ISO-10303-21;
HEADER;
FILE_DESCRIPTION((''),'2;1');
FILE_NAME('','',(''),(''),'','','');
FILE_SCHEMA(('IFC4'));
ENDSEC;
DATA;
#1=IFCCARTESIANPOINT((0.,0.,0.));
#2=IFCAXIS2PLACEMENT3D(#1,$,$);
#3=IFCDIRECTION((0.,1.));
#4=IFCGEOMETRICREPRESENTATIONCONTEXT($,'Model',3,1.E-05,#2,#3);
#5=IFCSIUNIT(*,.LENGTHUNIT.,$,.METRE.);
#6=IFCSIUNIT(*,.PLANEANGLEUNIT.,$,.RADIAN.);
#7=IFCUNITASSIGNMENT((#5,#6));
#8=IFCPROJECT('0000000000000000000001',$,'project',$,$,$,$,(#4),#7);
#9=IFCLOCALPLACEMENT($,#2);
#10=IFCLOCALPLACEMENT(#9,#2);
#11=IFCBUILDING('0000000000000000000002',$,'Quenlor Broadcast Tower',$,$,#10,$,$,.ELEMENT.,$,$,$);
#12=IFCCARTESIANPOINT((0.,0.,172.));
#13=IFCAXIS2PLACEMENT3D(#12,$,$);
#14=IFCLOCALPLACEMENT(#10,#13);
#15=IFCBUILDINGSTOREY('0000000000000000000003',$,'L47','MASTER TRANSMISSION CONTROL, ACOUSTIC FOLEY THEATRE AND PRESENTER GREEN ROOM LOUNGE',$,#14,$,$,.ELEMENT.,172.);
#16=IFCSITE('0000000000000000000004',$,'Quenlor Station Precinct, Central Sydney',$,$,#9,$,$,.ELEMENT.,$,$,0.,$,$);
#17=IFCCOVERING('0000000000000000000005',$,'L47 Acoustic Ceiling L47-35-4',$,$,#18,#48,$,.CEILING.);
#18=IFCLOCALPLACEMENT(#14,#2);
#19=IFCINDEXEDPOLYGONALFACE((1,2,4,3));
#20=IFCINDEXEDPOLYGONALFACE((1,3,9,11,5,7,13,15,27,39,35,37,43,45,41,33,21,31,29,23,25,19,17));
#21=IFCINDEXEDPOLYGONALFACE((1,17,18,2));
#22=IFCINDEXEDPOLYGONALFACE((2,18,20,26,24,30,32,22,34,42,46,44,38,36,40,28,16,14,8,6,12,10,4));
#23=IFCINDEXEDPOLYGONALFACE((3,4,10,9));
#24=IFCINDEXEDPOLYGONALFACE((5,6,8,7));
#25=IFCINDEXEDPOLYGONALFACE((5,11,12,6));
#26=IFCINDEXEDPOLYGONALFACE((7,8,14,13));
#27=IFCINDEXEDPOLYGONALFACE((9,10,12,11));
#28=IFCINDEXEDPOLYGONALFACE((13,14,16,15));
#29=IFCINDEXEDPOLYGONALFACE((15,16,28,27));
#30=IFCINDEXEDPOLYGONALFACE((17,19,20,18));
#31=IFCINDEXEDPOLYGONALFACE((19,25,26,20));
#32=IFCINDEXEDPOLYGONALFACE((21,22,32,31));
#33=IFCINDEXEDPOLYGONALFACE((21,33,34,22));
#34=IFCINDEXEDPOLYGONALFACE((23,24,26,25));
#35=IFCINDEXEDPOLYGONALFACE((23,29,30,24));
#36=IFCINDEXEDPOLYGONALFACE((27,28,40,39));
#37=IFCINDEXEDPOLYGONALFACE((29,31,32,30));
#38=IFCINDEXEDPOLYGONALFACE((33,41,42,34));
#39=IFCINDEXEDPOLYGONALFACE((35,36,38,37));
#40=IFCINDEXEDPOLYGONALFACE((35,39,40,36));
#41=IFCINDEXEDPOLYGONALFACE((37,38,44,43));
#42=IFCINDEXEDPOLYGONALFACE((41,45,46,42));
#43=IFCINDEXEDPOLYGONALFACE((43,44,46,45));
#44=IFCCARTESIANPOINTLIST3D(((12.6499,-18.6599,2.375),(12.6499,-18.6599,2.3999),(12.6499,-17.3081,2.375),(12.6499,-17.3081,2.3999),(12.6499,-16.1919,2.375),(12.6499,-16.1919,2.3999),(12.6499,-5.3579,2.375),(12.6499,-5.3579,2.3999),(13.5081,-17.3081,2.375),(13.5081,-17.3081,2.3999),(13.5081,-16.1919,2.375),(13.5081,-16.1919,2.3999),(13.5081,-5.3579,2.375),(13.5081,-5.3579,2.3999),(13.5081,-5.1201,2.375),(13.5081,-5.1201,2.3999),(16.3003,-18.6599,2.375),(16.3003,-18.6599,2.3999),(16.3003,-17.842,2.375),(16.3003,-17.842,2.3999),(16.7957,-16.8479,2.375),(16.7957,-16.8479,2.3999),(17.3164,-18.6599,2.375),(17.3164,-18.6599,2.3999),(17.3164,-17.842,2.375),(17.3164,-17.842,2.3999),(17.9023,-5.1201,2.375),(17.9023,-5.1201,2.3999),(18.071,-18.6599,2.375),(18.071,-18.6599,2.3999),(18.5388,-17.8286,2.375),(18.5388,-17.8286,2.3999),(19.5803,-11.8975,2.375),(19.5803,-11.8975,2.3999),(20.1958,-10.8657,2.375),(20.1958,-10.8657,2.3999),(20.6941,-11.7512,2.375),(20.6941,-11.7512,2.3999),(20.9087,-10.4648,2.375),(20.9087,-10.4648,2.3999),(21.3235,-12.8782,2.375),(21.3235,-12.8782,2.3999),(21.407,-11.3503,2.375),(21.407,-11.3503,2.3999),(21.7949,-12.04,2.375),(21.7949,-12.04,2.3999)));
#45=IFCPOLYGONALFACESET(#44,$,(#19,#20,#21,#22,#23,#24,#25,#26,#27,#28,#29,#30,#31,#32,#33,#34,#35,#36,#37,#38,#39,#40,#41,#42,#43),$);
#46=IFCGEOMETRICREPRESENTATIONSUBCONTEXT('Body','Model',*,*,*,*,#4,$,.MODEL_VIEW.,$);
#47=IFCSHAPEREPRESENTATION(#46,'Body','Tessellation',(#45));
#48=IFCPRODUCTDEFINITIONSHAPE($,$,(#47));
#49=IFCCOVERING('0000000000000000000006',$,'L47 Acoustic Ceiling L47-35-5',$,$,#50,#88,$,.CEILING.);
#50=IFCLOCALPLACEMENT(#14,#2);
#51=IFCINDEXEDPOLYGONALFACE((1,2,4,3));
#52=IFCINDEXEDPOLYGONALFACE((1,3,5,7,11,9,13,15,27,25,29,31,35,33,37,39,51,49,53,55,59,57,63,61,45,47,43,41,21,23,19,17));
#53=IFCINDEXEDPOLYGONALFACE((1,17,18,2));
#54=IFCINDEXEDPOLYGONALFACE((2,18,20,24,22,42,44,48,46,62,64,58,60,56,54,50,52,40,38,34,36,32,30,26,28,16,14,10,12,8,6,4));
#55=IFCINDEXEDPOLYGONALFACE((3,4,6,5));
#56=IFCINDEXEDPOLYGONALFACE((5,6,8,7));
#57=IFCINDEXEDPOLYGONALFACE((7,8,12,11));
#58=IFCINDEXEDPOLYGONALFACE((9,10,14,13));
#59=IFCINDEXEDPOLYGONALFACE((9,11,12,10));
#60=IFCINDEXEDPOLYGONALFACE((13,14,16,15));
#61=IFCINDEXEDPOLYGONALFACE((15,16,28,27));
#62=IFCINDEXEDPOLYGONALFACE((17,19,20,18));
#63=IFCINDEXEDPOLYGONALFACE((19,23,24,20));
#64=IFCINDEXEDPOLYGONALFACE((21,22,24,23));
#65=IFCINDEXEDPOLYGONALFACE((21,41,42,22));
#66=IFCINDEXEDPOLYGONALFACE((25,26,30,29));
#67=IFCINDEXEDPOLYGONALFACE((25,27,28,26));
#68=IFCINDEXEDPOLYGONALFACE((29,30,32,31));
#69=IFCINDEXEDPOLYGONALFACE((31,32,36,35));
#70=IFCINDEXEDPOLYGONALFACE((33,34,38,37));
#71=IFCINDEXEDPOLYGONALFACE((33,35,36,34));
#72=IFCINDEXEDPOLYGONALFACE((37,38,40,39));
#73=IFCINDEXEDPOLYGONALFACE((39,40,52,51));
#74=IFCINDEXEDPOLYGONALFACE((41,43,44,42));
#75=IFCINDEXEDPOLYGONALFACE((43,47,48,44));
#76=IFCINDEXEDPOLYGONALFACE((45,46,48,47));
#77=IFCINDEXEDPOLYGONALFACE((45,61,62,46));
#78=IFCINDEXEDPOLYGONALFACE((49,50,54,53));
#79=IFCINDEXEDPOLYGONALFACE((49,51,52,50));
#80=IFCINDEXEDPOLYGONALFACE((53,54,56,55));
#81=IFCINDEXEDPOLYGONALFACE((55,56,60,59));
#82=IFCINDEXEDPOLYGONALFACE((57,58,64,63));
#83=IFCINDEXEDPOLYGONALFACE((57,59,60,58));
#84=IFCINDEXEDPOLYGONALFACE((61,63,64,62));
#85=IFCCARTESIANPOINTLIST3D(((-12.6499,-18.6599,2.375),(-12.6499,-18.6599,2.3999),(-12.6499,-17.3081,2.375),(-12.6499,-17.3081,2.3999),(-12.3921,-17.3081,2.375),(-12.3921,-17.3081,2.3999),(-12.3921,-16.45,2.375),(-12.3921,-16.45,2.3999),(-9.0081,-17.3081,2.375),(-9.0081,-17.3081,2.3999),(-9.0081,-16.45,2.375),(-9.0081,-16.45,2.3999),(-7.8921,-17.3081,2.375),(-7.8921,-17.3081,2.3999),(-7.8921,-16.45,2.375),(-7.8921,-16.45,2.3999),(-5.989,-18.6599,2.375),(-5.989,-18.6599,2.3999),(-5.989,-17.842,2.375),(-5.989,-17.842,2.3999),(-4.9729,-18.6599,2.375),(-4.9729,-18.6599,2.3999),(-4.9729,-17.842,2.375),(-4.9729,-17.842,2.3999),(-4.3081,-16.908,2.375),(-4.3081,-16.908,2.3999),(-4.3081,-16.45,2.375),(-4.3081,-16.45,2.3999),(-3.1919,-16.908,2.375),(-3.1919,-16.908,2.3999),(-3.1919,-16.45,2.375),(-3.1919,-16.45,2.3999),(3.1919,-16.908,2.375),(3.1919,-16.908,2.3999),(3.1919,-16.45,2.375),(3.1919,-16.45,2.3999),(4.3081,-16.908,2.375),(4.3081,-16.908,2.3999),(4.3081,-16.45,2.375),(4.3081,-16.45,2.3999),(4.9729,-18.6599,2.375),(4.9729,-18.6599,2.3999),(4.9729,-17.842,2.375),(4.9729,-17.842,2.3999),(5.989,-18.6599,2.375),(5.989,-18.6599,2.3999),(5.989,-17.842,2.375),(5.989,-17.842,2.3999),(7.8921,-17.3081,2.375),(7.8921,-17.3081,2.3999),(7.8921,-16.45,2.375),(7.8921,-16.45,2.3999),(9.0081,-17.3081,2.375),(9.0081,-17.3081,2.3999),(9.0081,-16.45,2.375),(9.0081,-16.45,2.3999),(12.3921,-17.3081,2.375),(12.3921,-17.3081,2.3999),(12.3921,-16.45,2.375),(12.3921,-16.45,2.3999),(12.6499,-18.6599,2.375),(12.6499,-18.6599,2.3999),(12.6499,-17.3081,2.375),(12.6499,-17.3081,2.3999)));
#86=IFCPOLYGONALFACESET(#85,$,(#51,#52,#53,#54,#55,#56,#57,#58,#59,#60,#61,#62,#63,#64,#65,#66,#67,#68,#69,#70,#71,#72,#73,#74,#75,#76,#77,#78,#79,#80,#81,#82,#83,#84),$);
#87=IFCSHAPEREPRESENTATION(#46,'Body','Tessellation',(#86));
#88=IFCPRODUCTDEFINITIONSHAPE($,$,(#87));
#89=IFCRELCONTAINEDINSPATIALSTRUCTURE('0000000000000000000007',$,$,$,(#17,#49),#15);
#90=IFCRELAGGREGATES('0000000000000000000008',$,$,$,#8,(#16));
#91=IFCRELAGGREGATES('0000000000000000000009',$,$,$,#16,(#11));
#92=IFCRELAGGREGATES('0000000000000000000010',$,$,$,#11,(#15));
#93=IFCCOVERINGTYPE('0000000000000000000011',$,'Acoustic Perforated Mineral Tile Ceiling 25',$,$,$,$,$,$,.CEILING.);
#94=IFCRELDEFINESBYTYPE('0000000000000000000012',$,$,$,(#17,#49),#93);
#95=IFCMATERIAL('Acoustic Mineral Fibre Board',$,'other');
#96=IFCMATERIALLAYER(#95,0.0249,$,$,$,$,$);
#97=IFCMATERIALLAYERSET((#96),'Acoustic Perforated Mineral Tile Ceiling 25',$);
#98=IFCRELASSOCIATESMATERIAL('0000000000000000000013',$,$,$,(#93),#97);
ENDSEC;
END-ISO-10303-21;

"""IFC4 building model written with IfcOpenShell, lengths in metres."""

from ifc_helpers import new_model, si_unit, direction, frame, origin, place, context, subcontext, project, spatial, polyline, outline, extrude, material, layer, layer_set, type_object, element, save


model = new_model("IFC4")

# Units and contexts
model_context = context("Model", 3, precision=1e-05, world=origin(), true_north=direction((0.0, 1.0)))
body_context = subcontext(model_context, "Body", "Model", "MODEL_VIEW")
ifc_project = project(units=[si_unit("LENGTHUNIT", "METRE"), si_unit("PLANEANGLEUNIT", "RADIAN")], contexts=[model_context])

# Site, building, storey
site_placement = place(None, origin())
site = spatial("IfcSite", under=ifc_project, at=site_placement, Name="Quenlor Station Precinct, Central Sydney", CompositionType="ELEMENT", RefElevation=0.0)
building_placement = place(site_placement, origin())
building = spatial("IfcBuilding", under=site, at=building_placement, Name="Quenlor Broadcast Tower", CompositionType="ELEMENT")
storey_placement = place(building_placement, frame((0.0, 0.0, 172.0)))
storey = spatial("IfcBuildingStorey", under=building, at=storey_placement, Name="L47", Description="MASTER TRANSMISSION CONTROL, ACOUSTIC FOLEY THEATRE AND PRESENTER GREEN ROOM LOUNGE", CompositionType="ELEMENT", Elevation=172.0)

# Coverings
ifc_material_1 = material(Name="Acoustic Mineral Fibre Board", Category="other")
ifc_layer_1 = layer(ifc_material_1, 0.0249)
ifc_layer_set_1 = layer_set([ifc_layer_1], Name="Acoustic Perforated Mineral Tile Ceiling 25")
covering_type = type_object("IfcCoveringType", Name="Acoustic Perforated Mineral Tile Ceiling 25", PredefinedType="CEILING", material=ifc_layer_set_1)
covering_1_placement = place(storey_placement, frame((0.0, 0.0, 2.375)))
element("IfcCovering", 1, at=covering_1_placement, inside=storey, type_object=covering_type, Name="L47 Acoustic Ceiling L47-35-4", PredefinedType="CEILING", context=body_context, shape_type="SweptSolid", body=[
    extrude(outline(polyline([(13.5081, -17.3081), (13.5081, -16.1919), (12.6499, -16.1919), (12.6499, -5.3579), (13.5081, -5.3579), (13.5081, -5.1201), (17.9023, -5.1201), (20.9087, -10.4648), (20.1958, -10.8657), (20.6941, -11.7512), (21.407, -11.3503), (21.7949, -12.04), (21.3235, -12.8782), (19.5803, -11.8975), (16.7957, -16.8479), (18.5388, -17.8286), (18.071, -18.6599), (17.3164, -18.6599), (17.3164, -17.842), (16.3003, -17.842), (16.3003, -18.6599), (12.6499, -18.6599), (12.6499, -17.3081), (13.5081, -17.3081)])), origin(), (0.0, 0.0, 1.0), 0.0249),
])
covering_2_placement = place(storey_placement, frame((0.0, 0.0, 2.375)))
element("IfcCovering", 2, at=covering_2_placement, inside=storey, type_object=covering_type, Name="L47 Acoustic Ceiling L47-35-5", PredefinedType="CEILING", context=body_context, shape_type="SweptSolid", body=[
    extrude(outline(polyline([(-12.3921, -17.3081), (-12.3921, -16.45), (-9.0081, -16.45), (-9.0081, -17.3081), (-7.8921, -17.3081), (-7.8921, -16.45), (-4.3081, -16.45), (-4.3081, -16.908), (-3.1919, -16.908), (-3.1919, -16.45), (3.1919, -16.45), (3.1919, -16.908), (4.3081, -16.908), (4.3081, -16.45), (7.8921, -16.45), (7.8921, -17.3081), (9.0081, -17.3081), (9.0081, -16.45), (12.3921, -16.45), (12.3921, -17.3081), (12.6499, -17.3081), (12.6499, -18.6599), (5.989, -18.6599), (5.989, -17.842), (4.9729, -17.842), (4.9729, -18.6599), (-4.9729, -18.6599), (-4.9729, -17.842), (-5.989, -17.842), (-5.989, -18.6599), (-12.6499, -18.6599), (-12.6499, -17.3081), (-12.3921, -17.3081)])), origin(), (0.0, 0.0, 1.0), 0.0249),
])

save(model, "model.ifc")
